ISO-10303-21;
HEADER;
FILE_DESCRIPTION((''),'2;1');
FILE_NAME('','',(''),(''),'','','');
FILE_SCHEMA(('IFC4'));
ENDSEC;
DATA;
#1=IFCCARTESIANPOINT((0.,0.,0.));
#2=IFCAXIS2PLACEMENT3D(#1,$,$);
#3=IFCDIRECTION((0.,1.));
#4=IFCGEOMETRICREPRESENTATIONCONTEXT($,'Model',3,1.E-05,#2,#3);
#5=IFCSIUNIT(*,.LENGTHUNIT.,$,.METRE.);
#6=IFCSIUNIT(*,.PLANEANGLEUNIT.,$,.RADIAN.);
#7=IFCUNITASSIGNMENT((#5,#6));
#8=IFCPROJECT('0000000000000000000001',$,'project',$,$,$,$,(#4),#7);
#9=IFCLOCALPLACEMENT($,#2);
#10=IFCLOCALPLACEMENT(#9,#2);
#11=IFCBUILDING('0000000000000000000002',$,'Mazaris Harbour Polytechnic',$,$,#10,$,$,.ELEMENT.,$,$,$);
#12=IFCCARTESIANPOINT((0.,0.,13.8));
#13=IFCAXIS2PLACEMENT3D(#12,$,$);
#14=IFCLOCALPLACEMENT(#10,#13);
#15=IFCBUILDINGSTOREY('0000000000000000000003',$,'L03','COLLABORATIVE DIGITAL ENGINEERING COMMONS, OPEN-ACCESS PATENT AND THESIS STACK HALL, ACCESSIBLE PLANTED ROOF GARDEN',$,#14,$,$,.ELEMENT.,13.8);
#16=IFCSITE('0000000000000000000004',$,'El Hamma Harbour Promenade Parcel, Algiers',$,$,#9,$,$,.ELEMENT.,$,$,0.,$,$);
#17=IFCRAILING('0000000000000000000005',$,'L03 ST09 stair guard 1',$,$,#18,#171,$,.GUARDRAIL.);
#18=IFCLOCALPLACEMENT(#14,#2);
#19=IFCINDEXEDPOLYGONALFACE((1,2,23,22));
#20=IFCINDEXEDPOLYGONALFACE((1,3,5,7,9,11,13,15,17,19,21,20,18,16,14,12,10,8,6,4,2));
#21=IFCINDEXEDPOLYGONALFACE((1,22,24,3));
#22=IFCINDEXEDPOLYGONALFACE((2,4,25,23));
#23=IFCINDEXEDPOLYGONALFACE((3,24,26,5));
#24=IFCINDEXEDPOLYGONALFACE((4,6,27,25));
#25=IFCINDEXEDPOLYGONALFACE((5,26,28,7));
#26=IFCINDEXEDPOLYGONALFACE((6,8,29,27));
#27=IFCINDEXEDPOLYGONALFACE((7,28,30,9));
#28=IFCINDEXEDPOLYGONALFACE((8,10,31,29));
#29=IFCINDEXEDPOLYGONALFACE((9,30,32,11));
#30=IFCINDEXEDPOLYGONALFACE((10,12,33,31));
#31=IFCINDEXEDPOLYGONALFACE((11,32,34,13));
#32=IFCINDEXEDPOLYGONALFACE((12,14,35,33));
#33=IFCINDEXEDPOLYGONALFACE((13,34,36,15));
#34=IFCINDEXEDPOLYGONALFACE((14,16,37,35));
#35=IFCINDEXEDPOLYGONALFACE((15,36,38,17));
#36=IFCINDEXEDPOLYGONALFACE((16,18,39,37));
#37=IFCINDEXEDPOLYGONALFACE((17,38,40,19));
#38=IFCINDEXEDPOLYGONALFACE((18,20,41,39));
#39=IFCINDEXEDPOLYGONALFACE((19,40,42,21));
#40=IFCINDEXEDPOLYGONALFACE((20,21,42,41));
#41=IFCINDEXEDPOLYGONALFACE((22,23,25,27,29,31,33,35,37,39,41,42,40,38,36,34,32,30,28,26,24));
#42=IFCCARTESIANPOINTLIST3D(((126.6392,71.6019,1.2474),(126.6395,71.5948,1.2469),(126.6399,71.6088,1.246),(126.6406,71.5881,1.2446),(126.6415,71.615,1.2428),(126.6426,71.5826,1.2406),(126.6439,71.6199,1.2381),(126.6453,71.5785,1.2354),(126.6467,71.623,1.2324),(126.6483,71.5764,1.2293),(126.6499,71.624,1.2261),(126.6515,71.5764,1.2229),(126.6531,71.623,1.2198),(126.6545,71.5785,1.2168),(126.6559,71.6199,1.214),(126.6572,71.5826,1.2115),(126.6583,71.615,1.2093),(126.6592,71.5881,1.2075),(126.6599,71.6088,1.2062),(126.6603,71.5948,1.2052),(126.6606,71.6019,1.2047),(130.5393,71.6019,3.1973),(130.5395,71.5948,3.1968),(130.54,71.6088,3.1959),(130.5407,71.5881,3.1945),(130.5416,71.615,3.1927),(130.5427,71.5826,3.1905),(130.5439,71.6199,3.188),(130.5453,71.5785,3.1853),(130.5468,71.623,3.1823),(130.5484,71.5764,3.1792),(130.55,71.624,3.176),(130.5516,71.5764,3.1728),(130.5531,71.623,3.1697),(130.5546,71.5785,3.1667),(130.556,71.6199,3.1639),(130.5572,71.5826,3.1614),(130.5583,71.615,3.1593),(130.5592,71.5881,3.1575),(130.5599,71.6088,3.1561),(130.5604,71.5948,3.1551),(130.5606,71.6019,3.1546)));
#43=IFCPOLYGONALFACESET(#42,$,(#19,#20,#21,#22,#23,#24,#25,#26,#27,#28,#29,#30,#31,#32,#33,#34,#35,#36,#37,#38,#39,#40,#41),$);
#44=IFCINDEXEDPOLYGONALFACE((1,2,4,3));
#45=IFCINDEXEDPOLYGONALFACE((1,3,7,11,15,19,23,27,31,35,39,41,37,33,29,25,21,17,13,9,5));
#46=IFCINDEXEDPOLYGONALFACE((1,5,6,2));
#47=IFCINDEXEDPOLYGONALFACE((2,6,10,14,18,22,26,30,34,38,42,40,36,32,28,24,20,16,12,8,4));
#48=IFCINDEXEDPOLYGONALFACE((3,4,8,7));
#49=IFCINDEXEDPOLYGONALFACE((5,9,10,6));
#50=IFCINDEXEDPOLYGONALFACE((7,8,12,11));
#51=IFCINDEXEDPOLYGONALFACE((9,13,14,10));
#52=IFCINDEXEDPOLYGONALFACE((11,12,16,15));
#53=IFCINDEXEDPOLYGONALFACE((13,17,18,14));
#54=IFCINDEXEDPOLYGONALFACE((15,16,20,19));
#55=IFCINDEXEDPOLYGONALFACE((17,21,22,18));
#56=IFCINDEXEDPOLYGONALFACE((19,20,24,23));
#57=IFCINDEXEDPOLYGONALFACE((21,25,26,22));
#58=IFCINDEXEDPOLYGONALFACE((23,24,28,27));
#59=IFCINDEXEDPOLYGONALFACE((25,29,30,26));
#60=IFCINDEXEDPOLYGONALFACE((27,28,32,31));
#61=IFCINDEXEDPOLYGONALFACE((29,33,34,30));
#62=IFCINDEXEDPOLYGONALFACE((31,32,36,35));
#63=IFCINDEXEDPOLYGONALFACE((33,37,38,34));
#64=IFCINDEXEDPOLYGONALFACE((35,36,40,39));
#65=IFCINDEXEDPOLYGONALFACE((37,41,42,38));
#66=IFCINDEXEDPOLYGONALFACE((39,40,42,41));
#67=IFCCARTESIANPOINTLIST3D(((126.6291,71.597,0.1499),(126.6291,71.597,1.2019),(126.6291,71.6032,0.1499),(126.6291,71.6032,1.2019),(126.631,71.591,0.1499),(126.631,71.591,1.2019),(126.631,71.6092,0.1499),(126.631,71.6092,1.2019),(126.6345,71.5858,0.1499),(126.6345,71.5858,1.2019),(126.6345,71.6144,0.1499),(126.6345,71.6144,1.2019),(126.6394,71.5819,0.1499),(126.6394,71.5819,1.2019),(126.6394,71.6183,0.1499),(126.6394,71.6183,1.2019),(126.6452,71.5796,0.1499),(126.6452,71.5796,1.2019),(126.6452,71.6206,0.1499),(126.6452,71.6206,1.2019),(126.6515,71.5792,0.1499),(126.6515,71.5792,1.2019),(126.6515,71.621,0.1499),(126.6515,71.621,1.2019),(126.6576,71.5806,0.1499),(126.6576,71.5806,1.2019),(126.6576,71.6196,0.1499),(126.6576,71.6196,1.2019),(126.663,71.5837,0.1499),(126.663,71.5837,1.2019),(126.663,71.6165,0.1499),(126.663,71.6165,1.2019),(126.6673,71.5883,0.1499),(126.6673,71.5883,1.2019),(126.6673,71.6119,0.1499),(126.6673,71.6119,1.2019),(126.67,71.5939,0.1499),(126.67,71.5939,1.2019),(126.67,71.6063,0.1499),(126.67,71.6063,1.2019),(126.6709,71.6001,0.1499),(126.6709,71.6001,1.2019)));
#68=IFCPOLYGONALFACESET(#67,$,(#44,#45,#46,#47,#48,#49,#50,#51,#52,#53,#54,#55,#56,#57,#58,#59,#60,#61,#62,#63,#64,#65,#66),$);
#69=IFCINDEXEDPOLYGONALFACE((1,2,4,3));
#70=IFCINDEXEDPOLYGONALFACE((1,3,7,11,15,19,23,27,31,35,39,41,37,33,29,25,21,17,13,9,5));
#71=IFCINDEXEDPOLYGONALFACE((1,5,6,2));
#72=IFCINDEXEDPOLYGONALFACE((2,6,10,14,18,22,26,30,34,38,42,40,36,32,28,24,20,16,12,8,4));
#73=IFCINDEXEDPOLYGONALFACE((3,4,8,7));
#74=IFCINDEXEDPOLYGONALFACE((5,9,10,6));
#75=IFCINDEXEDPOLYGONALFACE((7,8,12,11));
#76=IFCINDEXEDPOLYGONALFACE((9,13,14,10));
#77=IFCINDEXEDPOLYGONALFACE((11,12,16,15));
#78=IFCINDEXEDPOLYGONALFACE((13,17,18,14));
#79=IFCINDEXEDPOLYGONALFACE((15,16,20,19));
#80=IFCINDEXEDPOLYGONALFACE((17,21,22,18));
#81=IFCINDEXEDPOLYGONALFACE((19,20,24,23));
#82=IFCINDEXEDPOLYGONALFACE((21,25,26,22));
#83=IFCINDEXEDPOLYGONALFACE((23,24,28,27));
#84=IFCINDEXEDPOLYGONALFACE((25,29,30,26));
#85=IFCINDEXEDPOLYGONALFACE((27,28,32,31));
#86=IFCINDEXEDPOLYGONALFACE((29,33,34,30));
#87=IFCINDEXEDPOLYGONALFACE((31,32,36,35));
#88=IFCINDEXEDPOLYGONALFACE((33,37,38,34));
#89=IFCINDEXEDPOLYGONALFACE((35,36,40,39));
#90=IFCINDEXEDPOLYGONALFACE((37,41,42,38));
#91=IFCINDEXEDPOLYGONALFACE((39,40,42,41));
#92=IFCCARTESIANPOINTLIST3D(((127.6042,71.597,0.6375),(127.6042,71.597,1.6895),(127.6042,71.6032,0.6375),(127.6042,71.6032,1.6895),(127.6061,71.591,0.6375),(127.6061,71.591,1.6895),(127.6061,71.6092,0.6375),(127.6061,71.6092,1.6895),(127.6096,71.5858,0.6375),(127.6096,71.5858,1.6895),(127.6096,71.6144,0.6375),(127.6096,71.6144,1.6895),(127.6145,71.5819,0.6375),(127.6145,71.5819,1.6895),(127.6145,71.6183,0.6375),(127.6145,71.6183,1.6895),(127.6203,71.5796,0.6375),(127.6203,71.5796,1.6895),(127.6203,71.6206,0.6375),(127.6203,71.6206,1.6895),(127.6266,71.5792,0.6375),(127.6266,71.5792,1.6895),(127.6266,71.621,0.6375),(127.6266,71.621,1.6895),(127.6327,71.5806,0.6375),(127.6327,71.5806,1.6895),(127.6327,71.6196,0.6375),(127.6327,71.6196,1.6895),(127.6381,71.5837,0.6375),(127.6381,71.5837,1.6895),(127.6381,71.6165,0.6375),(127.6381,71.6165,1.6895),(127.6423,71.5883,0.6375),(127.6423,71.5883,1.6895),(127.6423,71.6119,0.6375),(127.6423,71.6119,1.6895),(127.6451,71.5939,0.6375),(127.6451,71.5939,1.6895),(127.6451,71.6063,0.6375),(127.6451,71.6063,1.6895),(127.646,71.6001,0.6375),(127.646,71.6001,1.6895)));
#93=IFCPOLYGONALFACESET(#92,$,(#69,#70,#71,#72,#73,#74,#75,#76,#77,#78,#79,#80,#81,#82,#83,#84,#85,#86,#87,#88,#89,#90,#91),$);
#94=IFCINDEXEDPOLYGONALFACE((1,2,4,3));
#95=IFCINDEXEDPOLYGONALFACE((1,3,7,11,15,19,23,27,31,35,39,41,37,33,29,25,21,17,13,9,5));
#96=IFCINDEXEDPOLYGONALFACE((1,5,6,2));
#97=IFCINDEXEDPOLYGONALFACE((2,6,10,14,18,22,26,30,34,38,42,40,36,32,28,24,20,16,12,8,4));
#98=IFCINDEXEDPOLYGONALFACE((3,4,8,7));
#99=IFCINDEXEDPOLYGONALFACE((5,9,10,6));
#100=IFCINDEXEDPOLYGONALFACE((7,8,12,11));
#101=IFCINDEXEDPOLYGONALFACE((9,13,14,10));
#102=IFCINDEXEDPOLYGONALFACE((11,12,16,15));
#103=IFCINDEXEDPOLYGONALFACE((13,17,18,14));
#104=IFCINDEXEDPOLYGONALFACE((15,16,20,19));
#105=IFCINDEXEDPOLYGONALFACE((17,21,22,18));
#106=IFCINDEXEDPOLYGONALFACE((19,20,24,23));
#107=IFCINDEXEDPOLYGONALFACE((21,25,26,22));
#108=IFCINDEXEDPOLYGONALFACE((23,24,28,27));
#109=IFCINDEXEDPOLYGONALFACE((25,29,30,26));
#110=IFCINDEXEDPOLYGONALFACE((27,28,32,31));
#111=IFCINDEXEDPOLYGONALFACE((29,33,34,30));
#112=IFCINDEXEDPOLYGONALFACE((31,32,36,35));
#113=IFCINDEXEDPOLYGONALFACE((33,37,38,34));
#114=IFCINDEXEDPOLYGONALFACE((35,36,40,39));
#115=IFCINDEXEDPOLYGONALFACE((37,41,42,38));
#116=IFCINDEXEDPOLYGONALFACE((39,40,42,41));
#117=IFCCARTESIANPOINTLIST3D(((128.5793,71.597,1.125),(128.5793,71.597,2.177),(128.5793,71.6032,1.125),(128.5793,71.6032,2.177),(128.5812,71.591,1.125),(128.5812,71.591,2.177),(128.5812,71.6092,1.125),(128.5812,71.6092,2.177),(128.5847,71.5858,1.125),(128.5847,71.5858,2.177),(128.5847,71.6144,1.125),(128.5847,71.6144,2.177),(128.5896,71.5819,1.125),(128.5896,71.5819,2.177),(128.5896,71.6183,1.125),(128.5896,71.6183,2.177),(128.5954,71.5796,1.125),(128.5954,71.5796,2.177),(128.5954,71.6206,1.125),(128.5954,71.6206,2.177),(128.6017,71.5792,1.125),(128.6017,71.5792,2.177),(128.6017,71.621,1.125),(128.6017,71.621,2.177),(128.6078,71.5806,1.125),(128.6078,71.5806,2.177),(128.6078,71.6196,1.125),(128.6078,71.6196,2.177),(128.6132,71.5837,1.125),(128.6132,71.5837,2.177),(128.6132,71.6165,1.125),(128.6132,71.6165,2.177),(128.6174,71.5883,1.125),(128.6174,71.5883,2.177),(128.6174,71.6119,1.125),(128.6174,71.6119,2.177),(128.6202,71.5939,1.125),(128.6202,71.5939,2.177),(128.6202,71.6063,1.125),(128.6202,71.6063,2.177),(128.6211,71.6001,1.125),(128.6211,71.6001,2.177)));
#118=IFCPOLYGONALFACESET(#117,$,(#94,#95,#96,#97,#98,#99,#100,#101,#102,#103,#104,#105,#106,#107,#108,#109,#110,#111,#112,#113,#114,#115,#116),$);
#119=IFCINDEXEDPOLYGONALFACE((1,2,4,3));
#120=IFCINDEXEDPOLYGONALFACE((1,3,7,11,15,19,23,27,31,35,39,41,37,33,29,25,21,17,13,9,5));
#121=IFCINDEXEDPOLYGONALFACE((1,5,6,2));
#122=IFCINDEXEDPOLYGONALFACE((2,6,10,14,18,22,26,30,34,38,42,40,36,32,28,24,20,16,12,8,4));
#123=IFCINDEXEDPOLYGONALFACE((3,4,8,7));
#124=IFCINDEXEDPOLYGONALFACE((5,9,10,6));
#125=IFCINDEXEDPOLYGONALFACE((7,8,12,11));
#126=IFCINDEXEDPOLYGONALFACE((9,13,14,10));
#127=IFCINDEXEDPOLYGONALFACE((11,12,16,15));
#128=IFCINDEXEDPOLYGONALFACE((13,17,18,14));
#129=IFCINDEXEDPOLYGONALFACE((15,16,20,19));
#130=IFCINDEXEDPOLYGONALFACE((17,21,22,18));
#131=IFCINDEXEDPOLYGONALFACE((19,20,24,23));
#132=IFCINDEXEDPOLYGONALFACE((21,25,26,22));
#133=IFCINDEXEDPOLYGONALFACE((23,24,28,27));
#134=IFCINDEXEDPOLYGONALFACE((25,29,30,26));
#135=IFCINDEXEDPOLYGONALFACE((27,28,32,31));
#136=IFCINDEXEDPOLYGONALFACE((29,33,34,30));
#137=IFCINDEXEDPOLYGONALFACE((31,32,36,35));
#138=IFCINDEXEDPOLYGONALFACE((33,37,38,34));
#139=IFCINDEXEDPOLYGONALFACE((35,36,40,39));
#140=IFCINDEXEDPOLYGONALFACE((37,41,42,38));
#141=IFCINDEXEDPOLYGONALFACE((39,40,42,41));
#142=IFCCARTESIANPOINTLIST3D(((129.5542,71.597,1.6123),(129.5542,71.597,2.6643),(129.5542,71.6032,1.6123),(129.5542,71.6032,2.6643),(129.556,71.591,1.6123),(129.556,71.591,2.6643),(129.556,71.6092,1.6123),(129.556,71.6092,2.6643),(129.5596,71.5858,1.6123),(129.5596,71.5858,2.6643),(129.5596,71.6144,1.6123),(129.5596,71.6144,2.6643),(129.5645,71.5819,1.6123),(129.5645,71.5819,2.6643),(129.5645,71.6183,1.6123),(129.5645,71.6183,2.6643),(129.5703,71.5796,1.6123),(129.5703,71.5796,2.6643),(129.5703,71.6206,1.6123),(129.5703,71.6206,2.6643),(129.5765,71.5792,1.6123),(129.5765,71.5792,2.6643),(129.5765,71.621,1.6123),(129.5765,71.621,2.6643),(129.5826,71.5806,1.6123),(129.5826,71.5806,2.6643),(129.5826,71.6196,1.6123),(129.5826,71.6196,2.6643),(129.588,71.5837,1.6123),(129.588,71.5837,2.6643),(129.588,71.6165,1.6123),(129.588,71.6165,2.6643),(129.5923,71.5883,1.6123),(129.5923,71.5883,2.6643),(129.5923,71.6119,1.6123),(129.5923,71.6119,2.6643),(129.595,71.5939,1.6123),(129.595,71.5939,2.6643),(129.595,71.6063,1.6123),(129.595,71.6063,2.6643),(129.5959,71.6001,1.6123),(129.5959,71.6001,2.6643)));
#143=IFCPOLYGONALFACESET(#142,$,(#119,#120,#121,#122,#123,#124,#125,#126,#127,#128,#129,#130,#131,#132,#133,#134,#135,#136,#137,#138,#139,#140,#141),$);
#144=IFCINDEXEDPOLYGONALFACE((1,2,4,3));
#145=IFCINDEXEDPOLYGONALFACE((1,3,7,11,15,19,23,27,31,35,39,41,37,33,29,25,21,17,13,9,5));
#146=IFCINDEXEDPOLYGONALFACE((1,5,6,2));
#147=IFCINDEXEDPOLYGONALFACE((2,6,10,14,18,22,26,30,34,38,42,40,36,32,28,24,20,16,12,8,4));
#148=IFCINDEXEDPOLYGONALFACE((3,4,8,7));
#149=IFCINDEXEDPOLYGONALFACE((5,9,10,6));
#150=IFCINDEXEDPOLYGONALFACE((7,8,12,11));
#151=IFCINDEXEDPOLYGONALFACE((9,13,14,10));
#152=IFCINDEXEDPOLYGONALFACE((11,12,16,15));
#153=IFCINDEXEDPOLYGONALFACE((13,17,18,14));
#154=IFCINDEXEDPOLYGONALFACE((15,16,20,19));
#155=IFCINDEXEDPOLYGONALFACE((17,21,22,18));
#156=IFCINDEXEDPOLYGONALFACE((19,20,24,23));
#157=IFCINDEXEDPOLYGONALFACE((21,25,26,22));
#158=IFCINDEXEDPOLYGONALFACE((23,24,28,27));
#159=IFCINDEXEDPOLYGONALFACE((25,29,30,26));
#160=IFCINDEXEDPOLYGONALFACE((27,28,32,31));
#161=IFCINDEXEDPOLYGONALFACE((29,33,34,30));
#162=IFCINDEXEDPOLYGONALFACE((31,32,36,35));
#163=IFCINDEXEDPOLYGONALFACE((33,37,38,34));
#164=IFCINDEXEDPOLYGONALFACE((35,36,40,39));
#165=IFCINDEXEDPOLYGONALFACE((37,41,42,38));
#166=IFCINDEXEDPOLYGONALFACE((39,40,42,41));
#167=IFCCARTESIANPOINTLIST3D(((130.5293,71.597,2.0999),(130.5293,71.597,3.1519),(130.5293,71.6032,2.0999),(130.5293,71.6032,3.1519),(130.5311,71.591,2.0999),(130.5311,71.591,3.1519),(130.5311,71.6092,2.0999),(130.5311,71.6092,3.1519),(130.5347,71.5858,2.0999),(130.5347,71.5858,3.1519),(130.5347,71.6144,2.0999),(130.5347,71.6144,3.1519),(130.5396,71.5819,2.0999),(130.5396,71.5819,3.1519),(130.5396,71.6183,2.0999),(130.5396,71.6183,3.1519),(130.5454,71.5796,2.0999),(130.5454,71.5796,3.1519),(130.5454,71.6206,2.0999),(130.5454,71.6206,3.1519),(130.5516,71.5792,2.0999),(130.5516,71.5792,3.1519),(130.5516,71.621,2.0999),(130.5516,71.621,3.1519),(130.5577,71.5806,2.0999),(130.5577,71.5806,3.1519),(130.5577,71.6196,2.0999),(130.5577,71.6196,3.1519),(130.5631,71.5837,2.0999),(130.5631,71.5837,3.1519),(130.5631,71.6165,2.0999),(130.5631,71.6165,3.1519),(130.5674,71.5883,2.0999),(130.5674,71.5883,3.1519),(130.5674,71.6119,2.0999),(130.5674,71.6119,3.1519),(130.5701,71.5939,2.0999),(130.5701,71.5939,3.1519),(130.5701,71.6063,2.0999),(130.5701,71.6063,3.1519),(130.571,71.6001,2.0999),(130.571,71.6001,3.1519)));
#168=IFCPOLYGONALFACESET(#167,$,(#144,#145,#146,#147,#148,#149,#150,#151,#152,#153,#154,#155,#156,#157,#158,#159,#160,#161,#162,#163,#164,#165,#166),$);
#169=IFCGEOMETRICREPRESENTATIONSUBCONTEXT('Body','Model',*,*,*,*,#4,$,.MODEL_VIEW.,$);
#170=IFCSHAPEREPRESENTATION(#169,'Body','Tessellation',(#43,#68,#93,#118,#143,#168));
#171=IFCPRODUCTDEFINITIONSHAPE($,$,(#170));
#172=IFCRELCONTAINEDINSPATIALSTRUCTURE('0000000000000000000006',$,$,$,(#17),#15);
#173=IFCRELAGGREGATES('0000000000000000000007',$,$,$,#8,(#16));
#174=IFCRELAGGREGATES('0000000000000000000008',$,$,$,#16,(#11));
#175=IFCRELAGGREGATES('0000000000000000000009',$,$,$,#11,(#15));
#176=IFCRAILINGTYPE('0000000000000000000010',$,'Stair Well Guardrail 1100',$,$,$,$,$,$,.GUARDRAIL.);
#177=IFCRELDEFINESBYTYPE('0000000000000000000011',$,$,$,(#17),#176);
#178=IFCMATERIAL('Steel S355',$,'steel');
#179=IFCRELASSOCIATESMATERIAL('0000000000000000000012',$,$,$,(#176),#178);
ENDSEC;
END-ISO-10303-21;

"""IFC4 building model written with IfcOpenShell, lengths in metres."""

from ifc_helpers import new_model, si_unit, direction, frame, origin, origin_2d, place, context, subcontext, project, spatial, circle, extrude, material, type_object, element, save


model = new_model("IFC4")

# Units and contexts
model_context = context("Model", 3, precision=1e-05, world=origin(), true_north=direction((0.0, 1.0)))
body_context = subcontext(model_context, "Body", "Model", "MODEL_VIEW")
ifc_project = project(units=[si_unit("LENGTHUNIT", "METRE"), si_unit("PLANEANGLEUNIT", "RADIAN")], contexts=[model_context])

# Site, building, storey
site_placement = place(None, origin())
site = spatial("IfcSite", under=ifc_project, at=site_placement, Name="El Hamma Harbour Promenade Parcel, Algiers", CompositionType="ELEMENT", RefElevation=0.0)
building_placement = place(site_placement, origin())
building = spatial("IfcBuilding", under=site, at=building_placement, Name="Mazaris Harbour Polytechnic", CompositionType="ELEMENT")
storey_placement = place(building_placement, frame((0.0, 0.0, 13.8)))
storey = spatial("IfcBuildingStorey", under=building, at=storey_placement, Name="L03", Description="COLLABORATIVE DIGITAL ENGINEERING COMMONS, OPEN-ACCESS PATENT AND THESIS STACK HALL, ACCESSIBLE PLANTED ROOF GARDEN", CompositionType="ELEMENT", Elevation=13.8)

# Railing
ifc_material_1 = material(Name="Steel S355", Category="steel")
railing_type_1 = type_object("IfcRailingType", Name="Stair Well Guardrail 1100", PredefinedType="GUARDRAIL", material=ifc_material_1)
railing_1_placement = place(storey_placement, frame((126.6499, 71.6001, 0.1499)))
element("IfcRailing", 1, at=railing_1_placement, inside=storey, type_object=railing_type_1, Name="L03 ST09 stair guard 1", PredefinedType="GUARDRAIL", context=body_context, shape_type="SweptSolid", body=[
    extrude(circle(Radius=0.0239, at=origin_2d()), frame((0.0, 0.0, 1.0762), z_axis=(0.894438, 0.0, 0.447191), x_axis=(0.0, 1.0, 0.0)), (0.0, 0.0, 1.0), 4.3604),
    extrude(circle(Radius=0.021, at=origin_2d()), origin(), (0.0, 0.0, 1.0), 1.052),
    extrude(circle(Radius=0.021, at=origin_2d()), frame((0.9751, 0.0, 0.4875)), (0.0, 0.0, 1.0), 1.052),
    extrude(circle(Radius=0.021, at=origin_2d()), frame((1.9502, 0.0, 0.9751)), (0.0, 0.0, 1.0), 1.052),
    extrude(circle(Radius=0.021, at=origin_2d()), frame((2.925, 0.0, 1.4624)), (0.0, 0.0, 1.0), 1.052),
    extrude(circle(Radius=0.021, at=origin_2d()), frame((3.9001, 0.0, 1.95)), (0.0, 0.0, 1.0), 1.052),
])

save(model, "model.ifc")
